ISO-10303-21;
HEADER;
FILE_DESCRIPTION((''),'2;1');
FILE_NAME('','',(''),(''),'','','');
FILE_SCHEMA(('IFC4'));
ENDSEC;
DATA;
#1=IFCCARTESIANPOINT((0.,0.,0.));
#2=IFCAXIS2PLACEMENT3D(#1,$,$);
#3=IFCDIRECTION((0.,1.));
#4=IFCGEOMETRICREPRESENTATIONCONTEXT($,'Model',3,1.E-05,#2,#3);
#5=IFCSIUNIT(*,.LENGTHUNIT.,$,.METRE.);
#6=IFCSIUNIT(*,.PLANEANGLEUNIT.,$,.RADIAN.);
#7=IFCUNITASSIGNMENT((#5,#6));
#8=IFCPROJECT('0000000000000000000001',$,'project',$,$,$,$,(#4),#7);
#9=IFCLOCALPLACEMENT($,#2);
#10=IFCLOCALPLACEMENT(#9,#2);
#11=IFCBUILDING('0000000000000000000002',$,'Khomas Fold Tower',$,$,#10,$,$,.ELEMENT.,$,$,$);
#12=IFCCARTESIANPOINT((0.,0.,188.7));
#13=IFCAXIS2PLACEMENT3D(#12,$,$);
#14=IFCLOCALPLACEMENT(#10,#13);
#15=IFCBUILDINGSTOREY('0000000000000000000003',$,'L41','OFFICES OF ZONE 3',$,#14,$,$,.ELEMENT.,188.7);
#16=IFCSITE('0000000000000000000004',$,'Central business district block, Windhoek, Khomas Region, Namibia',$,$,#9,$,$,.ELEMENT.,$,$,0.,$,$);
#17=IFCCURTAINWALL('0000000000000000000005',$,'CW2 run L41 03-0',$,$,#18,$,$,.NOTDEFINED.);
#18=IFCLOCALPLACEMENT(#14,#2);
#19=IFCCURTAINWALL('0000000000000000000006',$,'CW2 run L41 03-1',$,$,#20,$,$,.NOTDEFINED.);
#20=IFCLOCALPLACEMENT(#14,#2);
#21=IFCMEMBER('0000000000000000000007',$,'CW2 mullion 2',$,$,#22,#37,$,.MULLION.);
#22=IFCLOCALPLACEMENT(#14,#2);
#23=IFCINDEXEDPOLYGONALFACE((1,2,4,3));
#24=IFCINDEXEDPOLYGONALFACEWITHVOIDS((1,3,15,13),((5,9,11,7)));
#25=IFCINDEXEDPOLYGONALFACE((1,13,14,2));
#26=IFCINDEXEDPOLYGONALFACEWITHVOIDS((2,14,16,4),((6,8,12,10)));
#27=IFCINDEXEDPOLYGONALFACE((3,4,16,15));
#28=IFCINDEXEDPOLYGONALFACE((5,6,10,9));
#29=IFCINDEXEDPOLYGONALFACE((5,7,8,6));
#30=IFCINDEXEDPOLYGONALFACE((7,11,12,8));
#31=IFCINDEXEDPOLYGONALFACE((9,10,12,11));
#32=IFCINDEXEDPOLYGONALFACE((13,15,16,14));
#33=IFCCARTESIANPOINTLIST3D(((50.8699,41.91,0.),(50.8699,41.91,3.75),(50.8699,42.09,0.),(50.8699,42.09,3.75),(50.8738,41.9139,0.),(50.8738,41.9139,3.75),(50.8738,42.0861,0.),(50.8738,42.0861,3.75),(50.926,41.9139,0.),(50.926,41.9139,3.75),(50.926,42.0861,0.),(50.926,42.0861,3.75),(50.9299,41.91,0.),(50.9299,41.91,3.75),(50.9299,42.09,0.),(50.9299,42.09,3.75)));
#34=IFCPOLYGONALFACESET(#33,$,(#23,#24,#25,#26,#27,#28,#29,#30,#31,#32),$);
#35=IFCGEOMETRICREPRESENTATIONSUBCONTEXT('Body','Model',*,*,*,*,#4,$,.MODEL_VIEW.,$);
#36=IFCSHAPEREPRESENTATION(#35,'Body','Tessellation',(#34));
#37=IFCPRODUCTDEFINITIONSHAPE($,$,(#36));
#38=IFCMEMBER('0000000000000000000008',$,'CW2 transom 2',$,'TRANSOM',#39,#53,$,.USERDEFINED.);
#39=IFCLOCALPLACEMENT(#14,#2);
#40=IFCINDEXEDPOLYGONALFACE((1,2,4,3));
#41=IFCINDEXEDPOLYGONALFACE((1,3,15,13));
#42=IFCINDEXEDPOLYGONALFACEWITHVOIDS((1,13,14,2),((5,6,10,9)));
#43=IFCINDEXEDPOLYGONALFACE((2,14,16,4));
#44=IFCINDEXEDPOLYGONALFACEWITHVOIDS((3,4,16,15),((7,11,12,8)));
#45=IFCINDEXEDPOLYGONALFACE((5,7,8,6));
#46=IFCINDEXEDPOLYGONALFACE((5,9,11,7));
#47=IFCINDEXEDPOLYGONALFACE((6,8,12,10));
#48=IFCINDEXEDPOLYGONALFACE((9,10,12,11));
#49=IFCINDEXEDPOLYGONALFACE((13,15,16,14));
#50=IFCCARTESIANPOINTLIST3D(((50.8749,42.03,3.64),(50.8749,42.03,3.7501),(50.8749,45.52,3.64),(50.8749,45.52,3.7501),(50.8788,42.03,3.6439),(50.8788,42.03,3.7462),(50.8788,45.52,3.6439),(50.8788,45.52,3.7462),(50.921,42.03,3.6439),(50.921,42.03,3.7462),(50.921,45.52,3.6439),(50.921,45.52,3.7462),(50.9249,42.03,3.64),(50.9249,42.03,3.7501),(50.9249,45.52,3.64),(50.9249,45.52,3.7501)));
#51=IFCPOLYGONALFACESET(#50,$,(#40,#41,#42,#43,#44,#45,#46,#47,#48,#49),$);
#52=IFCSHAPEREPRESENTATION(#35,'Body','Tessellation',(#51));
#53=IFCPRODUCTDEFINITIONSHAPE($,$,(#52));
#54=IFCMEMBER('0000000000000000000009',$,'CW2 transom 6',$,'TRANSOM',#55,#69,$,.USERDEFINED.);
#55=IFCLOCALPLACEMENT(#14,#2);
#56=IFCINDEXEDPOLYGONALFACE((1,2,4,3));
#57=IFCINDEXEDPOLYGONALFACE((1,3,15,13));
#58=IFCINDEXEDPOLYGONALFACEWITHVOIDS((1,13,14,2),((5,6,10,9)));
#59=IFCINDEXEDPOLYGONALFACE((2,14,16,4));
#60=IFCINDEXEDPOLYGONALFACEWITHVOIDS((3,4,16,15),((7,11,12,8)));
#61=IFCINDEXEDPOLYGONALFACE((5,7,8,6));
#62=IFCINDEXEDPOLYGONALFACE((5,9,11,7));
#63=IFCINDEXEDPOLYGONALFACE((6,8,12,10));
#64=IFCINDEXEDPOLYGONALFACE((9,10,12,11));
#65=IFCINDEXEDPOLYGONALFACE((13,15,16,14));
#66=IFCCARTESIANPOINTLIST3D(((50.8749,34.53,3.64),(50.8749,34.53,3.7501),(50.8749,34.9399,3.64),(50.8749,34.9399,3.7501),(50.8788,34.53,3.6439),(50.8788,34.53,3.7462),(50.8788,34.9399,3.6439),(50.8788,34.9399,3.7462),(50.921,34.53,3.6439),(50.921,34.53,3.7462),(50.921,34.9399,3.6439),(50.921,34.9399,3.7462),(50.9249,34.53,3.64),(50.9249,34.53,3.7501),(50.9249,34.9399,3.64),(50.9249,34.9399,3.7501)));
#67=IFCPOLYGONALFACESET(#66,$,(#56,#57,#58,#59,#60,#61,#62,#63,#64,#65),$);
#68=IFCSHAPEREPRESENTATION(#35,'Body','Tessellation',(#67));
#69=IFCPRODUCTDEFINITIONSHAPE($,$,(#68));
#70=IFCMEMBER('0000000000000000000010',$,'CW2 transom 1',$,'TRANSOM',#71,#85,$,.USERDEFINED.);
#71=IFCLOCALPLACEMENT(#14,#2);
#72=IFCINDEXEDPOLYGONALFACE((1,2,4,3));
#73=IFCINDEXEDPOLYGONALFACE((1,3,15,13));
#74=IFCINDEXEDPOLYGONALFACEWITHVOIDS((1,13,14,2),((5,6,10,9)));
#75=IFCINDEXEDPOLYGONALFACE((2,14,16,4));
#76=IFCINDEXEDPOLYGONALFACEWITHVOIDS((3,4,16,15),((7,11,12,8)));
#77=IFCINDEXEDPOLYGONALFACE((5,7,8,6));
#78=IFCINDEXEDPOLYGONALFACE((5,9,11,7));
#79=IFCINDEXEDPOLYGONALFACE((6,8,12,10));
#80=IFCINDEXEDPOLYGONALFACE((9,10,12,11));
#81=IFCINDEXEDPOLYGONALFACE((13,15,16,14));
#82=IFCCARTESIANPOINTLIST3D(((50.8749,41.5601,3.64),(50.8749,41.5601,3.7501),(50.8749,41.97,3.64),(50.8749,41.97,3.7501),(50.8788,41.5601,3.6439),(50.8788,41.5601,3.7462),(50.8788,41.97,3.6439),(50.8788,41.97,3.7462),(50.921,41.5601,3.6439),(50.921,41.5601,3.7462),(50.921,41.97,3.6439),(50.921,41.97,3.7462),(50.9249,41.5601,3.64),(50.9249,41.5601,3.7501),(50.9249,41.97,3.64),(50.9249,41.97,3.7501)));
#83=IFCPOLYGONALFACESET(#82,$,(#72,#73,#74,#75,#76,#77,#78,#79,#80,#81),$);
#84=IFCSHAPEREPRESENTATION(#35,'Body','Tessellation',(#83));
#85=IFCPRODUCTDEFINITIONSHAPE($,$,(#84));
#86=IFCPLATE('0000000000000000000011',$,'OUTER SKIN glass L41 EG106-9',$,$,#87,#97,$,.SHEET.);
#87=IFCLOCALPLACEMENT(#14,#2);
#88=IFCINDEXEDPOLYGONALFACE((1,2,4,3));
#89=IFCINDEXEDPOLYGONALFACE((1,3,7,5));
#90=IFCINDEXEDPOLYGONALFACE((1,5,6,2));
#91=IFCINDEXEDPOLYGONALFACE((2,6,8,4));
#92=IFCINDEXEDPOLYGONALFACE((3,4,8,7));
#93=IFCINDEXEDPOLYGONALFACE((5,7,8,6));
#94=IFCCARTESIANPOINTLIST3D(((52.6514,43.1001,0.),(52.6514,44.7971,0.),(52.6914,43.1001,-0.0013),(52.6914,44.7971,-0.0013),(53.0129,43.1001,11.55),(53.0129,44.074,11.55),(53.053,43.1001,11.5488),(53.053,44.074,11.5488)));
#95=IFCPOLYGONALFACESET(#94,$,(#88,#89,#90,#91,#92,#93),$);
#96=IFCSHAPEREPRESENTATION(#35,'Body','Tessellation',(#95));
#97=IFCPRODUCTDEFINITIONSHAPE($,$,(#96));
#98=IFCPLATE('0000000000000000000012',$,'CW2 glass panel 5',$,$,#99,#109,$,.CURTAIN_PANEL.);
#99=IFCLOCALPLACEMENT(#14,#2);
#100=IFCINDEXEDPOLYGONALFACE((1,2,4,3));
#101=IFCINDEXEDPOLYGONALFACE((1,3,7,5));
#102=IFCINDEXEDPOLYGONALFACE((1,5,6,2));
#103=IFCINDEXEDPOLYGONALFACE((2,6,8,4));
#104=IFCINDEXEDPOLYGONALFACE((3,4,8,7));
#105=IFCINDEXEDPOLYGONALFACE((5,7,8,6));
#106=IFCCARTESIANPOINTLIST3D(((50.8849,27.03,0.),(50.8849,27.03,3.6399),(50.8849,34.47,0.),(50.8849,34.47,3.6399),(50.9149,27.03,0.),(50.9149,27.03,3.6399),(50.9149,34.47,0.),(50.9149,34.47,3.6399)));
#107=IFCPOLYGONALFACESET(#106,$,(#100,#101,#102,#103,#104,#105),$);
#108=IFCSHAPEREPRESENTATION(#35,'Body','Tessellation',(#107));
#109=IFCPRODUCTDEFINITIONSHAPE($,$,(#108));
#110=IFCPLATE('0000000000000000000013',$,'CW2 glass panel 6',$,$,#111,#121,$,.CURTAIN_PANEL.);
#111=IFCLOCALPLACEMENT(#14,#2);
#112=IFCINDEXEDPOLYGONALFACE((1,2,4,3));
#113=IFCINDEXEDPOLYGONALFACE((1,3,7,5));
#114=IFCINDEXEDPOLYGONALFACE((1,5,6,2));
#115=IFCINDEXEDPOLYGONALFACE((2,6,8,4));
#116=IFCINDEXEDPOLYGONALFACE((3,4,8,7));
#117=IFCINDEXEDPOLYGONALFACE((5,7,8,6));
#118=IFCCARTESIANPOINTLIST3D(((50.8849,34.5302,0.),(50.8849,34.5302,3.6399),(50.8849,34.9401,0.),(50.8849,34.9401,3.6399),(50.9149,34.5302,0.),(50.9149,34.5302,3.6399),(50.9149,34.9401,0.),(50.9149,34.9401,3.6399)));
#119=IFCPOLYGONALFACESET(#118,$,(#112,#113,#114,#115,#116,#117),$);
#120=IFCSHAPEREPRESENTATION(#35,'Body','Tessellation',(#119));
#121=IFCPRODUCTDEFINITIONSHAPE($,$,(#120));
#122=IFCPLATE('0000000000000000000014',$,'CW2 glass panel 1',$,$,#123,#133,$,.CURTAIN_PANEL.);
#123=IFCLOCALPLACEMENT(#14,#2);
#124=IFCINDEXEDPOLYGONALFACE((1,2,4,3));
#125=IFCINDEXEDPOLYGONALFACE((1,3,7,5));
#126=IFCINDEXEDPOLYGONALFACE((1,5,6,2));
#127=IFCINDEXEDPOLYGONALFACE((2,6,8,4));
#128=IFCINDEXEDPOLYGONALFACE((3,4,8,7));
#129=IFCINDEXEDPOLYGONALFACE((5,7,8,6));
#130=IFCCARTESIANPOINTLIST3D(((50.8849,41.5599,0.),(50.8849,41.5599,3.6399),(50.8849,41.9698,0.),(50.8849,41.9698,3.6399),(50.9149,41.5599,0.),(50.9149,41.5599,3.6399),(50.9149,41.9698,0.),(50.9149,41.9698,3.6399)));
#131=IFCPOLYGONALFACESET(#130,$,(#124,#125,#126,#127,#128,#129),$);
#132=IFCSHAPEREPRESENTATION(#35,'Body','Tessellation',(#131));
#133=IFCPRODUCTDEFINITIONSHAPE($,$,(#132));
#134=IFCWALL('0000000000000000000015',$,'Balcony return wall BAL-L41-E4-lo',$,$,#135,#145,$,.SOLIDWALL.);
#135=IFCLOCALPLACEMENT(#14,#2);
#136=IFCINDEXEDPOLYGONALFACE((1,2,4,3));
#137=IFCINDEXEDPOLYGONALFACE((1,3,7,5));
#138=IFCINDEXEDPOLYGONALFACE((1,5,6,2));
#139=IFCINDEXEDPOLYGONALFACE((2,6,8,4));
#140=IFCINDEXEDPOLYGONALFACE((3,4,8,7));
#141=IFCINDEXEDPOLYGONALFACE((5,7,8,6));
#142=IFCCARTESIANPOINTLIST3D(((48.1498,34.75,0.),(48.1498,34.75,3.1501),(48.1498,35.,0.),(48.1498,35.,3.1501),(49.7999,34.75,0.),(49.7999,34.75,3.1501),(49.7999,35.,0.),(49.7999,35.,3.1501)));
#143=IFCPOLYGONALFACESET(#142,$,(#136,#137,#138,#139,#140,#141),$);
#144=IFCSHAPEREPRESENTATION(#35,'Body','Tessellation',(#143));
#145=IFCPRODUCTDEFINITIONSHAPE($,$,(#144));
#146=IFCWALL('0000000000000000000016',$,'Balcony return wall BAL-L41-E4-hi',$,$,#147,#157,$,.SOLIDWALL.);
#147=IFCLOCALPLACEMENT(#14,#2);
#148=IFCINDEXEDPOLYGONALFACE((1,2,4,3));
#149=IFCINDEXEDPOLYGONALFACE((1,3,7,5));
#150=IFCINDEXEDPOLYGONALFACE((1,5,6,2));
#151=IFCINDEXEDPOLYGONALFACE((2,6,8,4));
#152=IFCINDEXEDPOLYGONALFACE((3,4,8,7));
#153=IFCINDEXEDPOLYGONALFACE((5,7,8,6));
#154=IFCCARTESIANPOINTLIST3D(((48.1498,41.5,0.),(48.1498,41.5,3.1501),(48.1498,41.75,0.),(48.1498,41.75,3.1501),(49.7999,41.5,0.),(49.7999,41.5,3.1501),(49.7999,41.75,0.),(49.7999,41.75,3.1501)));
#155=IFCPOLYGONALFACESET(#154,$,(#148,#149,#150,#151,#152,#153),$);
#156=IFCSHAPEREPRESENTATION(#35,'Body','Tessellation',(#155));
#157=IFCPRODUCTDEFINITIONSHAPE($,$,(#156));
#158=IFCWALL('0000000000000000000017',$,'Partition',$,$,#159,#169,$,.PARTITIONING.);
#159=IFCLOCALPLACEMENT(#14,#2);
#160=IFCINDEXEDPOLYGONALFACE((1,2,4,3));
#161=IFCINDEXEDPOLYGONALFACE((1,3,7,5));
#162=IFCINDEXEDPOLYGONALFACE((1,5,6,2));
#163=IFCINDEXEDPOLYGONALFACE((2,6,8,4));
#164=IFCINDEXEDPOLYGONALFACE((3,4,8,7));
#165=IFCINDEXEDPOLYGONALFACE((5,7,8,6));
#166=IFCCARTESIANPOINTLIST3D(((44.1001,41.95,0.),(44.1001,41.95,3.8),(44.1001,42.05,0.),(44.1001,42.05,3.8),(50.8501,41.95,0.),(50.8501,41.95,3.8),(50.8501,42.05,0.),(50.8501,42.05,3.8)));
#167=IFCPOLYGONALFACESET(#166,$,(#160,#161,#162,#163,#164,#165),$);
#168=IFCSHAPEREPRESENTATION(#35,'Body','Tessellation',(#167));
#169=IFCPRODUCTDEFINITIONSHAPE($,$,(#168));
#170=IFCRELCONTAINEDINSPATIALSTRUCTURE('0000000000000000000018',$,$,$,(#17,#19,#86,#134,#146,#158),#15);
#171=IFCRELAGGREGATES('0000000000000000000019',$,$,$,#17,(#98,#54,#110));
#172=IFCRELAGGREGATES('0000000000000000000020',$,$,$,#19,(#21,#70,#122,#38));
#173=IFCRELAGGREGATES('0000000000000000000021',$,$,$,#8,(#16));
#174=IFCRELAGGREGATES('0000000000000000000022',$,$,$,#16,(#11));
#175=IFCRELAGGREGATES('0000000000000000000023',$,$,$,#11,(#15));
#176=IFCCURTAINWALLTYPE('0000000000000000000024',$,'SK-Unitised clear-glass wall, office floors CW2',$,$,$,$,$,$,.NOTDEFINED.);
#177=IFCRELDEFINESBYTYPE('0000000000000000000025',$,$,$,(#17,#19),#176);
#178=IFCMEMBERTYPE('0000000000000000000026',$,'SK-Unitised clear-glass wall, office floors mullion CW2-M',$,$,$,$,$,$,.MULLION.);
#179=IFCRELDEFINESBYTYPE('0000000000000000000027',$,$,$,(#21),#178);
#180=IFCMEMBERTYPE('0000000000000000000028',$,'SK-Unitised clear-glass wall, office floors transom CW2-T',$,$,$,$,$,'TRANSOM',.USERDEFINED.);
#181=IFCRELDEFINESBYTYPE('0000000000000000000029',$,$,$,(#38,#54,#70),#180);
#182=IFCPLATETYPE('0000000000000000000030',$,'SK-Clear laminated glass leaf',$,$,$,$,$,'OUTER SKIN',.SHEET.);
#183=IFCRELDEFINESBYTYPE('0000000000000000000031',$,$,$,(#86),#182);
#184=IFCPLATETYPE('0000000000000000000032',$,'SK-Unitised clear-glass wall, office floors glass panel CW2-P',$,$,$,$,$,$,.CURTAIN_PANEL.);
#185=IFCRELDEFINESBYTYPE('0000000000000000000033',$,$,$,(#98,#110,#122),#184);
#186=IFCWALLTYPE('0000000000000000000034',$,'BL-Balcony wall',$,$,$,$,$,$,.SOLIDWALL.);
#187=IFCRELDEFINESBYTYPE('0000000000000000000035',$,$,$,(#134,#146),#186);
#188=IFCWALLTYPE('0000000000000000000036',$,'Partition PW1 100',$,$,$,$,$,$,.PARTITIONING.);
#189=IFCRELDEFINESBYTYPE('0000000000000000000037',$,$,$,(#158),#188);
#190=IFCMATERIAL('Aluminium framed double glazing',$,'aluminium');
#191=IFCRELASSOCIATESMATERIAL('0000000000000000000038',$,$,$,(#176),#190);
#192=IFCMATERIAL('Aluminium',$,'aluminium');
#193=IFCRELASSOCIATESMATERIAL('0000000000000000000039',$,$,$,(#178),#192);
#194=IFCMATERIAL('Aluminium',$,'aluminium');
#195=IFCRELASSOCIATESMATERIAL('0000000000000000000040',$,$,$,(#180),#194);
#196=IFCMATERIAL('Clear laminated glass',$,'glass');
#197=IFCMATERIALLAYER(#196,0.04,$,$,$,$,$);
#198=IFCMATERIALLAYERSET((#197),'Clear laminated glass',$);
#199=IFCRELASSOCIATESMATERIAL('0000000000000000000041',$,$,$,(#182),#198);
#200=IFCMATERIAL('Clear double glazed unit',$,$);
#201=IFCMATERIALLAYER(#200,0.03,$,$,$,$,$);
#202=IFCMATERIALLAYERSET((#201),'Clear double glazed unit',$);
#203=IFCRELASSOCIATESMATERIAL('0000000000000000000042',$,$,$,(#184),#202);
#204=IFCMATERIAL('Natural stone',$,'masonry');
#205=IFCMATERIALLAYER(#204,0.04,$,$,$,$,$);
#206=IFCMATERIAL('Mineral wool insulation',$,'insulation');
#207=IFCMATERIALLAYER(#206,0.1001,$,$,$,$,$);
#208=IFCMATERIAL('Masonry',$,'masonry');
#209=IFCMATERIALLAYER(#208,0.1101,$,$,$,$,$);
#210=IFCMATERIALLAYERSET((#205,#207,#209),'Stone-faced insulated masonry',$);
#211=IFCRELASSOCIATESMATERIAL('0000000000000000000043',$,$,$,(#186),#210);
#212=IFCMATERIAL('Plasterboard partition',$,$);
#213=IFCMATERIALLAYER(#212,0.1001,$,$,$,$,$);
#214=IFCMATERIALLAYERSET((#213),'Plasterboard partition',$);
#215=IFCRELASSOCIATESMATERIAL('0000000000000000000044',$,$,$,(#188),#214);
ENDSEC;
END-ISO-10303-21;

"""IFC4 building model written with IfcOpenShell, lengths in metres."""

from ifc_helpers import new_model, si_unit, direction, frame, frame_2d, origin, origin_2d, place, context, subcontext, project, spatial, polyline, rectangle, hollow_rectangle, outline, extrude, source, transform, mapped, material, layer, layer_set, material_profile, profile_set, type_object, element, aggregate, save


model = new_model("IFC4")

# Units and contexts
model_context = context("Model", 3, precision=1e-05, world=origin(), true_north=direction((0.0, 1.0)))
body_context = subcontext(model_context, "Body", "Model", "MODEL_VIEW")
ifc_project = project(units=[si_unit("LENGTHUNIT", "METRE"), si_unit("PLANEANGLEUNIT", "RADIAN")], contexts=[model_context])

# Site, building, storey
site_placement = place(None, origin())
site = spatial("IfcSite", under=ifc_project, at=site_placement, Name="Central business district block, Windhoek, Khomas Region, Namibia", CompositionType="ELEMENT", RefElevation=0.0)
building_placement = place(site_placement, origin())
building = spatial("IfcBuilding", under=site, at=building_placement, Name="Khomas Fold Tower", CompositionType="ELEMENT")
storey_placement = place(building_placement, frame((0.0, 0.0, 188.7)))
storey = spatial("IfcBuildingStorey", under=building, at=storey_placement, Name="L41", Description="OFFICES OF ZONE 3", CompositionType="ELEMENT", Elevation=188.7)

# Curtain walls, members
ifc_material_1 = material(Name="Aluminium framed double glazing", Category="aluminium")
curtain_wall_type = type_object("IfcCurtainWallType", Name="SK-Unitised clear-glass wall, office floors CW2", PredefinedType="NOTDEFINED", material=ifc_material_1)
curtain_wall_1_placement = place(storey_placement, origin())
curtain_wall_1 = element("IfcCurtainWall", 1, at=curtain_wall_1_placement, inside=storey, type_object=curtain_wall_type, Name="CW2 run L41 03-0", PredefinedType="NOTDEFINED")
ifc_material_2 = material(Name="Aluminium", Category="aluminium")
ifc_material_profile_1 = material_profile(ifc_material_2, hollow_rectangle(XDim=0.0601, YDim=0.1799, WallThickness=0.0039, at=origin_2d()), Name="SK-Unitised clear-glass wall, office floors mullion CW2-M")
ifc_profile_set_1 = profile_set([ifc_material_profile_1], Name="Aluminium")
member_type_1 = type_object("IfcMemberType", Name="SK-Unitised clear-glass wall, office floors mullion CW2-M", PredefinedType="MULLION", material=ifc_profile_set_1)
shared_shape_1 = source(origin(), body_context, "Body", "SweptSolid", [
    extrude(hollow_rectangle(XDim=0.0601, YDim=0.1799, WallThickness=0.0039, at=origin_2d()), origin(), (0.0, 0.0, 1.0), 3.75),
])
curtain_wall_2_placement = place(storey_placement, origin())
curtain_wall_2 = element("IfcCurtainWall", 2, at=curtain_wall_2_placement, inside=storey, type_object=curtain_wall_type, Name="CW2 run L41 03-1", PredefinedType="NOTDEFINED")
member_1_placement = place(storey_placement, frame((50.8999, 42.0, 0.0), z_axis=(0.0, 0.0, 1.0), x_axis=(-1.0, 0.0, 0.0)))
member_1 = element("IfcMember", 3, at=member_1_placement, type_object=member_type_1, Name="CW2 mullion 2", PredefinedType="MULLION", context=body_context, shape_type="MappedRepresentation", body=[
    mapped(shared_shape_1, transform((0.0, 0.0, 0.0))),
])
ifc_material_3 = material(Name="Aluminium", Category="aluminium")
ifc_material_profile_2 = material_profile(ifc_material_3, hollow_rectangle(XDim=0.05, YDim=0.1101, WallThickness=0.0039, at=origin_2d()), Name="SK-Unitised clear-glass wall, office floors transom CW2-T")
ifc_profile_set_2 = profile_set([ifc_material_profile_2], Name="Aluminium")
member_type_2 = type_object("IfcMemberType", Name="SK-Unitised clear-glass wall, office floors transom CW2-T", ElementType="TRANSOM", PredefinedType="USERDEFINED", material=ifc_profile_set_2)
shared_shape_2 = source(origin(), body_context, "Body", "SweptSolid", [
    extrude(hollow_rectangle(XDim=0.05, YDim=0.1101, WallThickness=0.0039, at=origin_2d()), origin(), (0.0, 0.0, 1.0), 3.49),
])
member_2_placement = place(storey_placement, frame((50.8999, 42.03, 3.6951), z_axis=(0.0, 1.0, 0.0), x_axis=(-1.0, 0.0, 0.0)))
member_2 = element("IfcMember", 4, at=member_2_placement, type_object=member_type_2, Name="CW2 transom 2", ObjectType="TRANSOM", PredefinedType="USERDEFINED", context=body_context, shape_type="MappedRepresentation", body=[
    mapped(shared_shape_2, transform((0.0, 0.0, 0.0))),
])

# Members
shared_shape_3 = source(origin(), body_context, "Body", "SweptSolid", [
    extrude(hollow_rectangle(XDim=0.05, YDim=0.1101, WallThickness=0.0039, at=origin_2d()), origin(), (0.0, 0.0, 1.0), 0.4099),
])
member_3_placement = place(storey_placement, frame((50.8999, 34.53, 3.6951), z_axis=(0.0, 1.0, 0.0), x_axis=(-1.0, 0.0, 0.0)))
member_3 = element("IfcMember", 5, at=member_3_placement, type_object=member_type_2, Name="CW2 transom 6", ObjectType="TRANSOM", PredefinedType="USERDEFINED", context=body_context, shape_type="MappedRepresentation", body=[
    mapped(shared_shape_3, transform((0.0, 0.0, 0.0))),
])
member_4_placement = place(storey_placement, frame((50.8999, 41.5601, 3.6951), z_axis=(0.0, 1.0, 0.0), x_axis=(-1.0, 0.0, 0.0)))
member_4 = element("IfcMember", 6, at=member_4_placement, type_object=member_type_2, Name="CW2 transom 1", ObjectType="TRANSOM", PredefinedType="USERDEFINED", context=body_context, shape_type="MappedRepresentation", body=[
    mapped(shared_shape_3, transform((0.0, 0.0, 0.0))),
])

# Plates
ifc_material_4 = material(Name="Clear laminated glass", Category="glass")
ifc_layer_1 = layer(ifc_material_4, 0.04)
ifc_layer_set_1 = layer_set([ifc_layer_1], Name="Clear laminated glass")
plate_type_1 = type_object("IfcPlateType", Name="SK-Clear laminated glass leaf", ElementType="OUTER SKIN", PredefinedType="SHEET", material=ifc_layer_set_1)
plate_1_placement = place(storey_placement, frame((53.0129, 43.1001, 11.55), z_axis=(-0.99951, 0.0, 0.031289), x_axis=(0.0, 1.0, 0.0)))
element("IfcPlate", 7, at=plate_1_placement, inside=storey, type_object=plate_type_1, Name="OUTER SKIN glass L41 EG106-9", PredefinedType="SHEET", context=body_context, shape_type="SweptSolid", body=[
    extrude(outline(polyline([(0.0, 0.0), (0.9739, 0.0), (1.697, 11.5557), (0.0, 11.5557), (0.0, 0.0)])), origin(), (0.0, 0.0, -1.0), 0.04),
])
ifc_material_5 = material(Name="Clear double glazed unit")
ifc_layer_2 = layer(ifc_material_5, 0.03)
ifc_layer_set_2 = layer_set([ifc_layer_2], Name="Clear double glazed unit")
plate_type_2 = type_object("IfcPlateType", Name="SK-Unitised clear-glass wall, office floors glass panel CW2-P", PredefinedType="CURTAIN_PANEL", material=ifc_layer_set_2)
shared_shape_4 = source(origin(), body_context, "Body", "SweptSolid", [
    extrude(rectangle(XDim=7.4399, YDim=0.03, at=origin_2d()), origin(), (0.0, 0.0, 1.0), 3.6399),
])
plate_2_placement = place(storey_placement, frame((50.8999, 30.75, 0.0), z_axis=(0.0, 0.0, 1.0), x_axis=(0.0, 1.0, 0.0)))
plate_2 = element("IfcPlate", 8, at=plate_2_placement, type_object=plate_type_2, Name="CW2 glass panel 5", PredefinedType="CURTAIN_PANEL", context=body_context, shape_type="MappedRepresentation", body=[
    mapped(shared_shape_4, transform((0.0, 0.0, 0.0))),
])
shared_shape_5 = source(origin(), body_context, "Body", "SweptSolid", [
    extrude(rectangle(XDim=0.4099, YDim=0.03, at=origin_2d()), origin(), (0.0, 0.0, 1.0), 3.6399),
])
plate_3_placement = place(storey_placement, frame((50.8999, 34.7351, 0.0), z_axis=(0.0, 0.0, 1.0), x_axis=(0.0, 1.0, 0.0)))
plate_3 = element("IfcPlate", 9, at=plate_3_placement, type_object=plate_type_2, Name="CW2 glass panel 6", PredefinedType="CURTAIN_PANEL", context=body_context, shape_type="MappedRepresentation", body=[
    mapped(shared_shape_5, transform((0.0, 0.0, 0.0))),
])
aggregate(curtain_wall_1, [plate_2, member_3, plate_3])
plate_4_placement = place(storey_placement, frame((50.8999, 41.7649, 0.0), z_axis=(0.0, 0.0, 1.0), x_axis=(0.0, 1.0, 0.0)))
plate_4 = element("IfcPlate", 10, at=plate_4_placement, type_object=plate_type_2, Name="CW2 glass panel 1", PredefinedType="CURTAIN_PANEL", context=body_context, shape_type="MappedRepresentation", body=[
    mapped(shared_shape_5, transform((0.0, 0.0, 0.0))),
])
aggregate(curtain_wall_2, [member_1, member_4, plate_4, member_2])

# Shared definitions
ifc_material_6 = material(Name="Natural stone", Category="masonry")
ifc_layer_3 = layer(ifc_material_6, 0.04)
ifc_material_7 = material(Name="Mineral wool insulation", Category="insulation")
ifc_layer_4 = layer(ifc_material_7, 0.1001)
ifc_material_8 = material(Name="Masonry", Category="masonry")
ifc_layer_5 = layer(ifc_material_8, 0.1101)
ifc_layer_set_3 = layer_set([ifc_layer_3, ifc_layer_4, ifc_layer_5], Name="Stone-faced insulated masonry")
wall_type_1 = type_object("IfcWallType", Name="BL-Balcony wall", PredefinedType="SOLIDWALL", material=ifc_layer_set_3)

# Walls
shared_shape_6 = source(origin(), body_context, "Body", "SweptSolid", [
    extrude(rectangle(XDim=1.6501, YDim=0.25, at=frame_2d((0.8252, 0.0))), origin(), (0.0, 0.0, 1.0), 3.1501),
])
for number, where, z_axis, x_axis, name in (
    (11, (49.8, 34.875, 0.0), (0.0, 0.0, 1.0), (-1.0, 0.0, 0.0), "Balcony return wall BAL-L41-E4-lo"),
    (12, (49.8, 41.625, 0.0), (0.0, 0.0, 1.0), (-1.0, 0.0, 0.0), "Balcony return wall BAL-L41-E4-hi"),
):
    element("IfcWall", number, at=place(storey_placement, frame(where, z_axis=z_axis, x_axis=x_axis)), inside=storey, type_object=wall_type_1, Name=name, PredefinedType="SOLIDWALL", context=body_context, shape_type="MappedRepresentation", body=[
        mapped(shared_shape_6, transform((0.0, 0.0, 0.0))),
    ])
ifc_material_9 = material(Name="Plasterboard partition")
ifc_layer_6 = layer(ifc_material_9, 0.1001)
ifc_layer_set_4 = layer_set([ifc_layer_6], Name="Plasterboard partition")
wall_type_2 = type_object("IfcWallType", Name="Partition PW1 100", PredefinedType="PARTITIONING", material=ifc_layer_set_4)
shared_shape_7 = source(origin(), body_context, "Body", "SweptSolid", [
    extrude(rectangle(XDim=6.75, YDim=0.1001, at=frame_2d((3.375, 0.0))), origin(), (0.0, 0.0, 1.0), 3.8),
])
wall_1_placement = place(storey_placement, frame((44.1001, 42.0, 0.0), z_axis=(0.0, 0.0, 1.0), x_axis=(1.0, 0.0, 0.0)))
element("IfcWall", 13, at=wall_1_placement, inside=storey, type_object=wall_type_2, Name="Partition", PredefinedType="PARTITIONING", context=body_context, shape_type="MappedRepresentation", body=[
    mapped(shared_shape_7, transform((0.0, 0.0, 0.0))),
])

save(model, "model.ifc")
